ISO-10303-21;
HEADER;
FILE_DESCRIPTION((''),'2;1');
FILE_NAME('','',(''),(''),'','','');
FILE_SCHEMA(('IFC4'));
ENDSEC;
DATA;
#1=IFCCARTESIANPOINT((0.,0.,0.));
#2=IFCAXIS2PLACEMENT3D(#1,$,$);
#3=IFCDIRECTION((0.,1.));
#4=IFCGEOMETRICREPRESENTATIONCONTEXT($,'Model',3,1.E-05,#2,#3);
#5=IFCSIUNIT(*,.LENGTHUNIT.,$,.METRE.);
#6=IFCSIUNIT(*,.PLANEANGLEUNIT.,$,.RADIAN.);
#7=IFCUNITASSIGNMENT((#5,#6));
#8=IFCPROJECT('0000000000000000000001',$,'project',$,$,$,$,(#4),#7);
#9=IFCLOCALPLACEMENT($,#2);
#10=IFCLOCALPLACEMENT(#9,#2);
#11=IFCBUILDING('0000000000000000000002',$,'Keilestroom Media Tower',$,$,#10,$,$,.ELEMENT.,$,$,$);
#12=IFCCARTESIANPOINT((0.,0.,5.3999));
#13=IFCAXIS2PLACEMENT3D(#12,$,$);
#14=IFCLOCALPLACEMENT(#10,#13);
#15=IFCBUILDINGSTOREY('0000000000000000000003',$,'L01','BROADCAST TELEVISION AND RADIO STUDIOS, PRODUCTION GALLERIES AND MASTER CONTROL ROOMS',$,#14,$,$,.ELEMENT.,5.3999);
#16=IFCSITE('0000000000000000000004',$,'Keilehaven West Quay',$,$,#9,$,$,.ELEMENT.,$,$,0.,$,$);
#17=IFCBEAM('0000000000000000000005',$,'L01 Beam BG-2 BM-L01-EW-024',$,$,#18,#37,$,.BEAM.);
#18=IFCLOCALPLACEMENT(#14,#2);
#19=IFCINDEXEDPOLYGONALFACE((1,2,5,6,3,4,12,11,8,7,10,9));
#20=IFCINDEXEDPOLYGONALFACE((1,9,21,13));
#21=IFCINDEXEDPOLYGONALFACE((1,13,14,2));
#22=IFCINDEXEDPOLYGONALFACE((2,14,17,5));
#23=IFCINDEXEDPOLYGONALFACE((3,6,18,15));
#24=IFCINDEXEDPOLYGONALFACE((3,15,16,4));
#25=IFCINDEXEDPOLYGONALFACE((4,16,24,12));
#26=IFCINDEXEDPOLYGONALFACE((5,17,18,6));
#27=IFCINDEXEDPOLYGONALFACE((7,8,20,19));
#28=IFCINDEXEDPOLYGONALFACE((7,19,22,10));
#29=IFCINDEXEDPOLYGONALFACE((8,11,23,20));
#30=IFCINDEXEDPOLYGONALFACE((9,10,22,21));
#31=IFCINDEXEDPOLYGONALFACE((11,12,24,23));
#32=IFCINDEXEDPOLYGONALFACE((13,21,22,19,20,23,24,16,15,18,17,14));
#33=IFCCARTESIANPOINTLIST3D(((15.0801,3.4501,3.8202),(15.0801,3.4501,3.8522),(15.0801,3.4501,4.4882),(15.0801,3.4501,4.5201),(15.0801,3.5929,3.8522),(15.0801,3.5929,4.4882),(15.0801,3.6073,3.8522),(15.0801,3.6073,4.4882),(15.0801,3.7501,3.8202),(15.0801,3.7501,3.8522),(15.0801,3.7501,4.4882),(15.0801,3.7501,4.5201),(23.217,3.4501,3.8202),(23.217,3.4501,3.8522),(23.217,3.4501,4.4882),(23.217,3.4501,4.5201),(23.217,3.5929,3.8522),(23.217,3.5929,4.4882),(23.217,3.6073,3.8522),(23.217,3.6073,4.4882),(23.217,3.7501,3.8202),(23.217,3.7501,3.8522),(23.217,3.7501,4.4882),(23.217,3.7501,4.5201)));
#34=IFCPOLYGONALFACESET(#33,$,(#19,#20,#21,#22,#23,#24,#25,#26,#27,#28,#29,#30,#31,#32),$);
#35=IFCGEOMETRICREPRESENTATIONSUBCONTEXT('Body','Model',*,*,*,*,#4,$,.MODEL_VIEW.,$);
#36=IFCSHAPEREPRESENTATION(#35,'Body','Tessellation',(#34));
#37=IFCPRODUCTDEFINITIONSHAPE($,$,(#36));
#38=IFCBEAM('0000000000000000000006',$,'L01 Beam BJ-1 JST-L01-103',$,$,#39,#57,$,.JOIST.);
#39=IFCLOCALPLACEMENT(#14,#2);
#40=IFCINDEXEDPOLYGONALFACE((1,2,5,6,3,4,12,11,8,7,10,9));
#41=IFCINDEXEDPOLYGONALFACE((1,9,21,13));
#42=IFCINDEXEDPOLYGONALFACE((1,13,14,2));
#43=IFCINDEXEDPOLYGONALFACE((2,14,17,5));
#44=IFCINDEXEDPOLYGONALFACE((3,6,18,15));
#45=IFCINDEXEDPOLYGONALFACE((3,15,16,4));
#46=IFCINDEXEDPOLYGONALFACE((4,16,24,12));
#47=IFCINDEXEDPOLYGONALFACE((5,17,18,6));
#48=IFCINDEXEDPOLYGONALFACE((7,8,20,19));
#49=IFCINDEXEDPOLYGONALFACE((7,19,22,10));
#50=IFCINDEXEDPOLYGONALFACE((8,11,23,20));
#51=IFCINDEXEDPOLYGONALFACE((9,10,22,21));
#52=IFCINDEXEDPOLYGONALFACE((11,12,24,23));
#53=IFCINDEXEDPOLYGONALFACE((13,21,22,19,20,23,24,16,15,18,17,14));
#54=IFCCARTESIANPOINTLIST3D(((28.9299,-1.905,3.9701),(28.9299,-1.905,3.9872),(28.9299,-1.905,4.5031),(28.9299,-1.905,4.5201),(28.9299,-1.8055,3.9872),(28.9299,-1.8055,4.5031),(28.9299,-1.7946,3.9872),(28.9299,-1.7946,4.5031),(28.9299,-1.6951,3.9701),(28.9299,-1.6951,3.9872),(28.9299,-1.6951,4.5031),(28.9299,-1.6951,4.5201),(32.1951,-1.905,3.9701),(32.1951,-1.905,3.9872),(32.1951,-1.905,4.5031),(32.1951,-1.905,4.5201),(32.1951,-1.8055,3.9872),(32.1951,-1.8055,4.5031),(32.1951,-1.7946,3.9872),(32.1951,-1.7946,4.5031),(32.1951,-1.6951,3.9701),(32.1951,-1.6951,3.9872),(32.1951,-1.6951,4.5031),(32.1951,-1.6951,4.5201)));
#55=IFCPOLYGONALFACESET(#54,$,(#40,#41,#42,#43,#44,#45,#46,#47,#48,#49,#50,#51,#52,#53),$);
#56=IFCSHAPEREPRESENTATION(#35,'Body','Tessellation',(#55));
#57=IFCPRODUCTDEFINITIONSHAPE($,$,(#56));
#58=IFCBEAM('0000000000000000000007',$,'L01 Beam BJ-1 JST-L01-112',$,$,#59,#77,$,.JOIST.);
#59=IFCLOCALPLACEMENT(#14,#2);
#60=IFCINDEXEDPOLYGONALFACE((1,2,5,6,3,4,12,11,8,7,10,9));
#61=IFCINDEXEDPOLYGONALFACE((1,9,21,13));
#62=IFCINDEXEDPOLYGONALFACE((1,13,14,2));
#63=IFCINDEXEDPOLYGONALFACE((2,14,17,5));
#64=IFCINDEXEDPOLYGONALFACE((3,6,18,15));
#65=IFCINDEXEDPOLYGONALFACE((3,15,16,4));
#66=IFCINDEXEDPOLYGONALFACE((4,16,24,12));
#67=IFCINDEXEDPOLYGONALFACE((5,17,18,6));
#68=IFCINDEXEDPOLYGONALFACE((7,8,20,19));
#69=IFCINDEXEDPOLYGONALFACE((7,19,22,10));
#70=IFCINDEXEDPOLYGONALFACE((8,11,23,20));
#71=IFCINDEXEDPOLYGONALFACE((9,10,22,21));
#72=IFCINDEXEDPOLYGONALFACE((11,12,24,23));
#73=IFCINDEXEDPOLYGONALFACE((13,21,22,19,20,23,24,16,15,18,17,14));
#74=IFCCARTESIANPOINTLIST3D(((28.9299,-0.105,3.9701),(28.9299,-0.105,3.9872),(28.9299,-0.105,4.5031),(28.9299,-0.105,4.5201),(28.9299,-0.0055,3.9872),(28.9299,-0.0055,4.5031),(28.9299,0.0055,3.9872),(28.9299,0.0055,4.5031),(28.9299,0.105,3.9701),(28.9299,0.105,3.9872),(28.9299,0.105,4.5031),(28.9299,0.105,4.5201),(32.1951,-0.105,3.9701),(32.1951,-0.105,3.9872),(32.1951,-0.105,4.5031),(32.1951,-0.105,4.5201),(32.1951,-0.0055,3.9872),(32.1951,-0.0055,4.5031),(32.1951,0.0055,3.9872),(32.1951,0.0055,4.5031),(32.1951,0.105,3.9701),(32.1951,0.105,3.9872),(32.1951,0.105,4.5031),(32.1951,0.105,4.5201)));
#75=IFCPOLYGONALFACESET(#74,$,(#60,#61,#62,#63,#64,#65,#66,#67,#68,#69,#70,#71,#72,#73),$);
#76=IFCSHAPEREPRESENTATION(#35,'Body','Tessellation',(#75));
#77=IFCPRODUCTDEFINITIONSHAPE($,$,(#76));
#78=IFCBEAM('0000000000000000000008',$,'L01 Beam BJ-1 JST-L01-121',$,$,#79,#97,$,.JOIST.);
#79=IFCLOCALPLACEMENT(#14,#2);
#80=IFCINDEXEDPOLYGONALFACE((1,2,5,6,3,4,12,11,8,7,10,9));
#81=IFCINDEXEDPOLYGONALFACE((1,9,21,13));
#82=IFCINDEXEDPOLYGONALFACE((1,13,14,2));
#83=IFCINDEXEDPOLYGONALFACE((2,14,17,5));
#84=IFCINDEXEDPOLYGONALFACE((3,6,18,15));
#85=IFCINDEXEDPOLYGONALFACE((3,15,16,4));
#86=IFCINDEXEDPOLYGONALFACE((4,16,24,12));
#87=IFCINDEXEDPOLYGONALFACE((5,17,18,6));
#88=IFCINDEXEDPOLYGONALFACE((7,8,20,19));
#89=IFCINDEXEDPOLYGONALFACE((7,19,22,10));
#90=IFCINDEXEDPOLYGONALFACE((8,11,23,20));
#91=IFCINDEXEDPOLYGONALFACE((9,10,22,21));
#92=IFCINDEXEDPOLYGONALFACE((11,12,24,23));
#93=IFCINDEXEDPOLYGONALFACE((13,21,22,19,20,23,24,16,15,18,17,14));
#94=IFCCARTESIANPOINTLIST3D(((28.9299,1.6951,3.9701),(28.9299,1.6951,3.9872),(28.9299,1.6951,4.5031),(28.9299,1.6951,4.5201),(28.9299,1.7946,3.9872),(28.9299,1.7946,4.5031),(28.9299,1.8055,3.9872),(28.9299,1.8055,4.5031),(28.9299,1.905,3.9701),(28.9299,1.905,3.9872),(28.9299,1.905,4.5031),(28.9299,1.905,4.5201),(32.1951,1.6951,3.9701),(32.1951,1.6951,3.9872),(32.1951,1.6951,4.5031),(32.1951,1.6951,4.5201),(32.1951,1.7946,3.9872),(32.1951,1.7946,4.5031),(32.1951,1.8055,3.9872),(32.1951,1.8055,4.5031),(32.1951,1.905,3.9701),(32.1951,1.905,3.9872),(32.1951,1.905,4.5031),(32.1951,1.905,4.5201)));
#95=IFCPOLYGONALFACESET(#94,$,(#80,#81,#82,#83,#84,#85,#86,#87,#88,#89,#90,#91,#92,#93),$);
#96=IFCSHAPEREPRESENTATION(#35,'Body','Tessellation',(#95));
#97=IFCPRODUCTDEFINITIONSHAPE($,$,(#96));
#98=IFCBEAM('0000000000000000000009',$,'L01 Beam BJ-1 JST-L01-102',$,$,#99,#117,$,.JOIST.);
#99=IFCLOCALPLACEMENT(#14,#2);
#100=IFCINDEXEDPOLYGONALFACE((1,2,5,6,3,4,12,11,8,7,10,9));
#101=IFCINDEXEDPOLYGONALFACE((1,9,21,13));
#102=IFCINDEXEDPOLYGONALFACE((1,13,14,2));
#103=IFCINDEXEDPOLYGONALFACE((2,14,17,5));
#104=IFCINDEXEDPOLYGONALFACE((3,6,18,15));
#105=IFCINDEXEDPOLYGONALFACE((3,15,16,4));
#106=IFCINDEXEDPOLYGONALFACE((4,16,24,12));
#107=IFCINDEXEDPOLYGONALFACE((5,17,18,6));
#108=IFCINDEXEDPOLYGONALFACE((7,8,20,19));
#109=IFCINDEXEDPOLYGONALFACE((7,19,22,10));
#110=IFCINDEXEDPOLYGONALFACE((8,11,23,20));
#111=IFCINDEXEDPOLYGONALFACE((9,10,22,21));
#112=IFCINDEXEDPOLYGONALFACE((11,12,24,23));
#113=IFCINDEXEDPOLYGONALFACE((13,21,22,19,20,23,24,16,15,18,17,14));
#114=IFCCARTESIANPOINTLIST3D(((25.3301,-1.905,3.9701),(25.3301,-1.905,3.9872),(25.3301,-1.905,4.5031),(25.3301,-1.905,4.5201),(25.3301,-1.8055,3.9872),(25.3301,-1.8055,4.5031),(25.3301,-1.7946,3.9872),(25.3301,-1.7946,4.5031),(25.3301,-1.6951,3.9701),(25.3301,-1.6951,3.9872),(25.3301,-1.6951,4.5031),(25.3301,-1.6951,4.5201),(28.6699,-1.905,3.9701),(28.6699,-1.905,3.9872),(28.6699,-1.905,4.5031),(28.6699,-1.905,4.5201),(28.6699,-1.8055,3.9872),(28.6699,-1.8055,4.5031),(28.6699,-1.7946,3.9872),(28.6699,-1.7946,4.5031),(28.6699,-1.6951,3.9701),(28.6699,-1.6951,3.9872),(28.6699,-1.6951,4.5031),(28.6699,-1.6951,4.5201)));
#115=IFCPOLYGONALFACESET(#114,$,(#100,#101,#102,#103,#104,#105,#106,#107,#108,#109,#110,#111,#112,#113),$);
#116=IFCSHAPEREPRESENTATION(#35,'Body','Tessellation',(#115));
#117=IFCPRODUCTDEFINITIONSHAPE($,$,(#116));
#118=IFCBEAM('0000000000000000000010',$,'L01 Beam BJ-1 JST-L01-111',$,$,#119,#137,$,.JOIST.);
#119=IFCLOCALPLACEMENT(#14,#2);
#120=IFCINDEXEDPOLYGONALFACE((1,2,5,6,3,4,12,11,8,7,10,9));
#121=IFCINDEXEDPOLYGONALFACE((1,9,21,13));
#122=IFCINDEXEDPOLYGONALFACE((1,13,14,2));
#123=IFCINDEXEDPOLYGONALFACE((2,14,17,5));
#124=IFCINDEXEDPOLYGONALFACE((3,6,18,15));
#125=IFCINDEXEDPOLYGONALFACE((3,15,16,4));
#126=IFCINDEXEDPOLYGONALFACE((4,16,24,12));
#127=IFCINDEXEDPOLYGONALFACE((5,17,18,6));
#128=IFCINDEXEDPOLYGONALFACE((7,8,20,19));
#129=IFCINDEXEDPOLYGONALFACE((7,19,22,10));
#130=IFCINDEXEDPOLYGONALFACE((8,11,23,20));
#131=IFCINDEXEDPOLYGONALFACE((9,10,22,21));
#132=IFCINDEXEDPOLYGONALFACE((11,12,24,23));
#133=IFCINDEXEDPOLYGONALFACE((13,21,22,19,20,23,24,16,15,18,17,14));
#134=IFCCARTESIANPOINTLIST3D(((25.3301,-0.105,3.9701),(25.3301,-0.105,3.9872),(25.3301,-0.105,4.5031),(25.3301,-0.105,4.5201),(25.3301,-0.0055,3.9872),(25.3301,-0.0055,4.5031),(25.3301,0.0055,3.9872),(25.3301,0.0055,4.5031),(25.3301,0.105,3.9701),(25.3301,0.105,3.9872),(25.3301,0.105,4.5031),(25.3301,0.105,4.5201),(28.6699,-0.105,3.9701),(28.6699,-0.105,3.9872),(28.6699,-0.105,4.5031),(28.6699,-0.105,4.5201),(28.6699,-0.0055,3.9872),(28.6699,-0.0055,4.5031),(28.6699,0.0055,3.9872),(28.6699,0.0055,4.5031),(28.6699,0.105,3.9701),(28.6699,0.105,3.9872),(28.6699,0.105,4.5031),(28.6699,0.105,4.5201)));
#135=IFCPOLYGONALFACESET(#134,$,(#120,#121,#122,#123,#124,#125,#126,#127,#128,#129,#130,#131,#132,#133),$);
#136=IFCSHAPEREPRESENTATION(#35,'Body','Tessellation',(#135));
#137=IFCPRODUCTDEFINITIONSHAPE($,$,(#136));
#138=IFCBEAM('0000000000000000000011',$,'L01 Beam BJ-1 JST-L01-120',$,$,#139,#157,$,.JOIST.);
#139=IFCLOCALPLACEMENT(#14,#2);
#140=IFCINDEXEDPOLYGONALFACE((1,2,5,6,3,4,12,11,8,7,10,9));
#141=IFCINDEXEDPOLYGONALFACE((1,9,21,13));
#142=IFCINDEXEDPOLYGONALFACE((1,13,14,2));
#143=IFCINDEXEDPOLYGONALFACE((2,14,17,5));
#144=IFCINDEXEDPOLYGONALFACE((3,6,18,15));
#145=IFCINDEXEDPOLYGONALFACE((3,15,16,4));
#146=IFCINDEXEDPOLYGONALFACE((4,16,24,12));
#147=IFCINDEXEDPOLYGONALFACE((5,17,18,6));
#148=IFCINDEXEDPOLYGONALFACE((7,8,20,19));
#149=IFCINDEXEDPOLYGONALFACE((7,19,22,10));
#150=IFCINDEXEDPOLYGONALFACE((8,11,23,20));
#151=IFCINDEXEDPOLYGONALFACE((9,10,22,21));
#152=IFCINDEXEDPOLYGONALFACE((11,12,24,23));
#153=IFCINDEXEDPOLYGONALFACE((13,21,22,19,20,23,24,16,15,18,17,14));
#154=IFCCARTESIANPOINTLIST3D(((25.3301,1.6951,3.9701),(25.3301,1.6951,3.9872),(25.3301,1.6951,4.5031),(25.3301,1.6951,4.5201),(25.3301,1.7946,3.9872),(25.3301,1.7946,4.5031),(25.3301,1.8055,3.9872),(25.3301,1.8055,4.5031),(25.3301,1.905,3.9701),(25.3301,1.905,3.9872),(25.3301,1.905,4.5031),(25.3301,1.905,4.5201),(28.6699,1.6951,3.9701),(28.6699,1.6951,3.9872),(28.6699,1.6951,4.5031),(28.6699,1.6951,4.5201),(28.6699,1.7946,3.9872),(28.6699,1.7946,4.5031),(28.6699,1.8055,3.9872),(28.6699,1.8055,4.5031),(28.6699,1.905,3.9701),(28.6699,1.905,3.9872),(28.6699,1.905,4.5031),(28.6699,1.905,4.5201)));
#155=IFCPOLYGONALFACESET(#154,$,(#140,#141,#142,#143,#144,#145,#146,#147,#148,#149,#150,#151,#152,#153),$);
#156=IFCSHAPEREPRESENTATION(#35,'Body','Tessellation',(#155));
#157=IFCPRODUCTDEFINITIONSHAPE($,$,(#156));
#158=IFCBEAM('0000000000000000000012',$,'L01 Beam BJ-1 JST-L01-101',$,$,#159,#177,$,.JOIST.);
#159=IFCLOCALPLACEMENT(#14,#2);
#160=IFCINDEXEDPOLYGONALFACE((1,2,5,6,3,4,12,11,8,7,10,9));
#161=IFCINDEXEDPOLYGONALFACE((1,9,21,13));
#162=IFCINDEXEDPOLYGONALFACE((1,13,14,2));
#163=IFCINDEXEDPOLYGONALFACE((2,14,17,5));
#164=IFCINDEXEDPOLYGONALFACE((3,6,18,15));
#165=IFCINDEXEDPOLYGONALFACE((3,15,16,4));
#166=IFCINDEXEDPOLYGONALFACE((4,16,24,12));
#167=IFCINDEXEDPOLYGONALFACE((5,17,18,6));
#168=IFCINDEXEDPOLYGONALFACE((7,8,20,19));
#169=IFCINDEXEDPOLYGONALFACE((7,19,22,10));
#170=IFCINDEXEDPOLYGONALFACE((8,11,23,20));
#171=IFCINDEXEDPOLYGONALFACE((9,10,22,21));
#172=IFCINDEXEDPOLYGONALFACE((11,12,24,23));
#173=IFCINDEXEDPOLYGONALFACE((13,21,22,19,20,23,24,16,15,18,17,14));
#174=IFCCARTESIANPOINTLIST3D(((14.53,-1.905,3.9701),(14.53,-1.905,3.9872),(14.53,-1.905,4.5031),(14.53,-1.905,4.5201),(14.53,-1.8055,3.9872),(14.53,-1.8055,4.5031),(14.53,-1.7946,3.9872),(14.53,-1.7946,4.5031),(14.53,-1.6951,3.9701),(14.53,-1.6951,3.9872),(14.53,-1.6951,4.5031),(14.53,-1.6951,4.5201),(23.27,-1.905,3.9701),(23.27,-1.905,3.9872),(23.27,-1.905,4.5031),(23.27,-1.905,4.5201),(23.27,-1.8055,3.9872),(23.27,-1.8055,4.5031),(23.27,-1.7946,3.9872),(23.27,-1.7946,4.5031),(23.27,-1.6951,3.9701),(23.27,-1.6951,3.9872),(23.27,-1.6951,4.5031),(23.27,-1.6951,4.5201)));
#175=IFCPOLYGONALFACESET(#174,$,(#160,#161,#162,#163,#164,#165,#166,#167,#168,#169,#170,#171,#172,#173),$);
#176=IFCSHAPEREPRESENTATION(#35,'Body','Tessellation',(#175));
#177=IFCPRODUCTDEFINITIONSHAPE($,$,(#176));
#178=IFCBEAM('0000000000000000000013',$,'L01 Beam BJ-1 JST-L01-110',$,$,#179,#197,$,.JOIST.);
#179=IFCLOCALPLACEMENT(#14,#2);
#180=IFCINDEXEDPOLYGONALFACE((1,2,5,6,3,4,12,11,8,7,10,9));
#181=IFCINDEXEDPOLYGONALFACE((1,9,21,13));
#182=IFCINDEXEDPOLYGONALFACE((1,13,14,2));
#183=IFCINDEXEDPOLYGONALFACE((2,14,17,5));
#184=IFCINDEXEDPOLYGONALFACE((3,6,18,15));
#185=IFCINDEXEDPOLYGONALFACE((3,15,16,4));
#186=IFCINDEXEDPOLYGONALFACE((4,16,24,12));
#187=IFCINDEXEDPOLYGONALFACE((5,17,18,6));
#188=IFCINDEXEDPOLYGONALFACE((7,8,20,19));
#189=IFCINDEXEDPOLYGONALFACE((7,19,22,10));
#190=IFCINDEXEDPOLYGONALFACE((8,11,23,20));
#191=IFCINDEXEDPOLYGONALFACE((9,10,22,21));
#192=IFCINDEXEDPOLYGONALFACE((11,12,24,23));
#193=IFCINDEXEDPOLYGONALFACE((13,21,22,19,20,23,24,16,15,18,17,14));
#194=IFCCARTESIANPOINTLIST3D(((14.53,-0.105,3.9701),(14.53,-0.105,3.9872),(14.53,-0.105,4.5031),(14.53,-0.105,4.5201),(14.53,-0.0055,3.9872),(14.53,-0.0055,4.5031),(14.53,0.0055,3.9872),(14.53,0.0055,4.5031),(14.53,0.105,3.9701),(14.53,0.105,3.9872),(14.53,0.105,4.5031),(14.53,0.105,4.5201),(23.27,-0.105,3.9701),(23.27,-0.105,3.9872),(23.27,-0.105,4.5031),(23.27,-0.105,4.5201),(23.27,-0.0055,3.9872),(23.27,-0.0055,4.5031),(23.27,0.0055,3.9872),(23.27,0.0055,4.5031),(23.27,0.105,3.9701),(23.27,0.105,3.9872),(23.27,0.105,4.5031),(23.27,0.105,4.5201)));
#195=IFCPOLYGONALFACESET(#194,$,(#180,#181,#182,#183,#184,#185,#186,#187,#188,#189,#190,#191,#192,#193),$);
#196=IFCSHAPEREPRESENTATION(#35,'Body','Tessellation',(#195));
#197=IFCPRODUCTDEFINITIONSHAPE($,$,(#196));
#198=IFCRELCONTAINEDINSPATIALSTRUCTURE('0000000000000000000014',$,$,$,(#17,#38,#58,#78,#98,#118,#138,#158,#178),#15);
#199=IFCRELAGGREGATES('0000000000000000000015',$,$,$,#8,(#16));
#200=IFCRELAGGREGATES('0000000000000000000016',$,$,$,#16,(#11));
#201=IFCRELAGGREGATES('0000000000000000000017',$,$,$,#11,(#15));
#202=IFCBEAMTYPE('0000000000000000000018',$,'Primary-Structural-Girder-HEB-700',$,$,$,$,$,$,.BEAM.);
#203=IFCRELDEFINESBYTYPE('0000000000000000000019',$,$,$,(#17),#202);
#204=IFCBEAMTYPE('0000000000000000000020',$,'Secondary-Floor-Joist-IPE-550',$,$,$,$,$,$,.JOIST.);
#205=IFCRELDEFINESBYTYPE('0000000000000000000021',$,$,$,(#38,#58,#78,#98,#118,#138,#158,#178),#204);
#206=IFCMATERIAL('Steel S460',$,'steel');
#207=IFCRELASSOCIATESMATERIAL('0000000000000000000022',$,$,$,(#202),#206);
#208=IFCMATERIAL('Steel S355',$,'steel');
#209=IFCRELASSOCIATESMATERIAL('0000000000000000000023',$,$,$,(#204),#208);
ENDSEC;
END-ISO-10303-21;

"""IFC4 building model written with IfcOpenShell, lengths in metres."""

from ifc_helpers import new_model, si_unit, direction, frame, origin, origin_2d, place, context, subcontext, project, spatial, i_section, extrude, source, transform, mapped, material, material_profile, profile_set, type_object, element, save


model = new_model("IFC4")

# Units and contexts
model_context = context("Model", 3, precision=1e-05, world=origin(), true_north=direction((0.0, 1.0)))
body_context = subcontext(model_context, "Body", "Model", "MODEL_VIEW")
ifc_project = project(units=[si_unit("LENGTHUNIT", "METRE"), si_unit("PLANEANGLEUNIT", "RADIAN")], contexts=[model_context])

# Site, building, storey
site_placement = place(None, origin())
site = spatial("IfcSite", under=ifc_project, at=site_placement, Name="Keilehaven West Quay", CompositionType="ELEMENT", RefElevation=0.0)
building_placement = place(site_placement, origin())
building = spatial("IfcBuilding", under=site, at=building_placement, Name="Keilestroom Media Tower", CompositionType="ELEMENT")
storey_placement = place(building_placement, frame((0.0, 0.0, 5.3999)))
storey = spatial("IfcBuildingStorey", under=building, at=storey_placement, Name="L01", Description="BROADCAST TELEVISION AND RADIO STUDIOS, PRODUCTION GALLERIES AND MASTER CONTROL ROOMS", CompositionType="ELEMENT", Elevation=5.3999)

# Shared definitions
ifc_material_1 = material(Name="Steel S460", Category="steel")

# Beams
ifc_material_2 = material(Name="Steel S355", Category="steel")
ifc_material_profile_1 = material_profile(ifc_material_1, i_section(OverallWidth=0.3, OverallDepth=0.7, WebThickness=0.0144, FlangeThickness=0.032, at=origin_2d()), Name="HEB 700")
ifc_profile_set_1 = profile_set([ifc_material_profile_1], Name="Steel S460")
beam_type_1 = type_object("IfcBeamType", Name="Primary-Structural-Girder-HEB-700", PredefinedType="BEAM", material=ifc_profile_set_1)
shared_shape_1 = source(origin(), body_context, "Body", "SweptSolid", [
    extrude(i_section(OverallWidth=0.3, OverallDepth=0.7, WebThickness=0.0144, FlangeThickness=0.032, at=origin_2d()), origin(), (0.0, 0.0, 1.0), 8.137),
])
beam_1_placement = place(storey_placement, frame((15.0801, 3.6001, 4.1702), z_axis=(1.0, 0.0, 0.0), x_axis=(0.0, 1.0, 0.0)))
element("IfcBeam", 1, at=beam_1_placement, inside=storey, type_object=beam_type_1, Name="L01 Beam BG-2 BM-L01-EW-024", PredefinedType="BEAM", context=body_context, shape_type="MappedRepresentation", body=[
    mapped(shared_shape_1, transform((0.0, 0.0, 0.0), x_axis=(1.0, 0.0, 0.0), y_axis=(0.0, 1.0, 0.0), z_axis=(0.0, 0.0, 1.0), scale=1.0)),
])
ifc_material_profile_2 = material_profile(ifc_material_2, i_section(OverallWidth=0.21, OverallDepth=0.55, WebThickness=0.011, FlangeThickness=0.0171, at=origin_2d()), Name="IPE 550")
ifc_profile_set_2 = profile_set([ifc_material_profile_2], Name="Steel S355")
beam_type_2 = type_object("IfcBeamType", Name="Secondary-Floor-Joist-IPE-550", PredefinedType="JOIST", material=ifc_profile_set_2)
shared_shape_2 = source(origin(), body_context, "Body", "SweptSolid", [
    extrude(i_section(OverallWidth=0.21, OverallDepth=0.55, WebThickness=0.011, FlangeThickness=0.0171, at=origin_2d()), origin(), (0.0, 0.0, 1.0), 3.2651),
])
for number, where, z_axis, x_axis, name in (
    (2, (28.9299, -1.8, 4.2451), (1.0, 0.0, 0.0), (0.0, 1.0, 0.0), "L01 Beam BJ-1 JST-L01-103"),
    (3, (28.9299, 0.0, 4.2451), (1.0, 0.0, 0.0), (0.0, 1.0, 0.0), "L01 Beam BJ-1 JST-L01-112"),
    (4, (28.9299, 1.8, 4.2451), (1.0, 0.0, 0.0), (0.0, 1.0, 0.0), "L01 Beam BJ-1 JST-L01-121"),
):
    element("IfcBeam", number, at=place(storey_placement, frame(where, z_axis=z_axis, x_axis=x_axis)), inside=storey, type_object=beam_type_2, Name=name, PredefinedType="JOIST", context=body_context, shape_type="MappedRepresentation", body=[
        mapped(shared_shape_2, transform((0.0, 0.0, 0.0), x_axis=(1.0, 0.0, 0.0), y_axis=(0.0, 1.0, 0.0), z_axis=(0.0, 0.0, 1.0), scale=1.0)),
    ])
shared_shape_3 = source(origin(), body_context, "Body", "SweptSolid", [
    extrude(i_section(OverallWidth=0.21, OverallDepth=0.55, WebThickness=0.011, FlangeThickness=0.0171, at=origin_2d()), origin(), (0.0, 0.0, 1.0), 3.3398),
])
for number, where, z_axis, x_axis, name in (
    (5, (25.3301, -1.8, 4.2451), (1.0, 0.0, 0.0), (0.0, 1.0, 0.0), "L01 Beam BJ-1 JST-L01-102"),
    (6, (25.3301, 0.0, 4.2451), (1.0, 0.0, 0.0), (0.0, 1.0, 0.0), "L01 Beam BJ-1 JST-L01-111"),
    (7, (25.3301, 1.8, 4.2451), (1.0, 0.0, 0.0), (0.0, 1.0, 0.0), "L01 Beam BJ-1 JST-L01-120"),
):
    element("IfcBeam", number, at=place(storey_placement, frame(where, z_axis=z_axis, x_axis=x_axis)), inside=storey, type_object=beam_type_2, Name=name, PredefinedType="JOIST", context=body_context, shape_type="MappedRepresentation", body=[
        mapped(shared_shape_3, transform((0.0, 0.0, 0.0), x_axis=(1.0, 0.0, 0.0), y_axis=(0.0, 1.0, 0.0), z_axis=(0.0, 0.0, 1.0), scale=1.0)),
    ])
shared_shape_4 = source(origin(), body_context, "Body", "SweptSolid", [
    extrude(i_section(OverallWidth=0.21, OverallDepth=0.55, WebThickness=0.011, FlangeThickness=0.0171, at=origin_2d()), origin(), (0.0, 0.0, 1.0), 8.74),
])
for number, where, z_axis, x_axis, name in (
    (8, (14.53, -1.8, 4.2451), (1.0, 0.0, 0.0), (0.0, 1.0, 0.0), "L01 Beam BJ-1 JST-L01-101"),
    (9, (14.53, 0.0, 4.2451), (1.0, 0.0, 0.0), (0.0, 1.0, 0.0), "L01 Beam BJ-1 JST-L01-110"),
):
    element("IfcBeam", number, at=place(storey_placement, frame(where, z_axis=z_axis, x_axis=x_axis)), inside=storey, type_object=beam_type_2, Name=name, PredefinedType="JOIST", context=body_context, shape_type="MappedRepresentation", body=[
        mapped(shared_shape_4, transform((0.0, 0.0, 0.0), x_axis=(1.0, 0.0, 0.0), y_axis=(0.0, 1.0, 0.0), z_axis=(0.0, 0.0, 1.0), scale=1.0)),
    ])

save(model, "model.ifc")
